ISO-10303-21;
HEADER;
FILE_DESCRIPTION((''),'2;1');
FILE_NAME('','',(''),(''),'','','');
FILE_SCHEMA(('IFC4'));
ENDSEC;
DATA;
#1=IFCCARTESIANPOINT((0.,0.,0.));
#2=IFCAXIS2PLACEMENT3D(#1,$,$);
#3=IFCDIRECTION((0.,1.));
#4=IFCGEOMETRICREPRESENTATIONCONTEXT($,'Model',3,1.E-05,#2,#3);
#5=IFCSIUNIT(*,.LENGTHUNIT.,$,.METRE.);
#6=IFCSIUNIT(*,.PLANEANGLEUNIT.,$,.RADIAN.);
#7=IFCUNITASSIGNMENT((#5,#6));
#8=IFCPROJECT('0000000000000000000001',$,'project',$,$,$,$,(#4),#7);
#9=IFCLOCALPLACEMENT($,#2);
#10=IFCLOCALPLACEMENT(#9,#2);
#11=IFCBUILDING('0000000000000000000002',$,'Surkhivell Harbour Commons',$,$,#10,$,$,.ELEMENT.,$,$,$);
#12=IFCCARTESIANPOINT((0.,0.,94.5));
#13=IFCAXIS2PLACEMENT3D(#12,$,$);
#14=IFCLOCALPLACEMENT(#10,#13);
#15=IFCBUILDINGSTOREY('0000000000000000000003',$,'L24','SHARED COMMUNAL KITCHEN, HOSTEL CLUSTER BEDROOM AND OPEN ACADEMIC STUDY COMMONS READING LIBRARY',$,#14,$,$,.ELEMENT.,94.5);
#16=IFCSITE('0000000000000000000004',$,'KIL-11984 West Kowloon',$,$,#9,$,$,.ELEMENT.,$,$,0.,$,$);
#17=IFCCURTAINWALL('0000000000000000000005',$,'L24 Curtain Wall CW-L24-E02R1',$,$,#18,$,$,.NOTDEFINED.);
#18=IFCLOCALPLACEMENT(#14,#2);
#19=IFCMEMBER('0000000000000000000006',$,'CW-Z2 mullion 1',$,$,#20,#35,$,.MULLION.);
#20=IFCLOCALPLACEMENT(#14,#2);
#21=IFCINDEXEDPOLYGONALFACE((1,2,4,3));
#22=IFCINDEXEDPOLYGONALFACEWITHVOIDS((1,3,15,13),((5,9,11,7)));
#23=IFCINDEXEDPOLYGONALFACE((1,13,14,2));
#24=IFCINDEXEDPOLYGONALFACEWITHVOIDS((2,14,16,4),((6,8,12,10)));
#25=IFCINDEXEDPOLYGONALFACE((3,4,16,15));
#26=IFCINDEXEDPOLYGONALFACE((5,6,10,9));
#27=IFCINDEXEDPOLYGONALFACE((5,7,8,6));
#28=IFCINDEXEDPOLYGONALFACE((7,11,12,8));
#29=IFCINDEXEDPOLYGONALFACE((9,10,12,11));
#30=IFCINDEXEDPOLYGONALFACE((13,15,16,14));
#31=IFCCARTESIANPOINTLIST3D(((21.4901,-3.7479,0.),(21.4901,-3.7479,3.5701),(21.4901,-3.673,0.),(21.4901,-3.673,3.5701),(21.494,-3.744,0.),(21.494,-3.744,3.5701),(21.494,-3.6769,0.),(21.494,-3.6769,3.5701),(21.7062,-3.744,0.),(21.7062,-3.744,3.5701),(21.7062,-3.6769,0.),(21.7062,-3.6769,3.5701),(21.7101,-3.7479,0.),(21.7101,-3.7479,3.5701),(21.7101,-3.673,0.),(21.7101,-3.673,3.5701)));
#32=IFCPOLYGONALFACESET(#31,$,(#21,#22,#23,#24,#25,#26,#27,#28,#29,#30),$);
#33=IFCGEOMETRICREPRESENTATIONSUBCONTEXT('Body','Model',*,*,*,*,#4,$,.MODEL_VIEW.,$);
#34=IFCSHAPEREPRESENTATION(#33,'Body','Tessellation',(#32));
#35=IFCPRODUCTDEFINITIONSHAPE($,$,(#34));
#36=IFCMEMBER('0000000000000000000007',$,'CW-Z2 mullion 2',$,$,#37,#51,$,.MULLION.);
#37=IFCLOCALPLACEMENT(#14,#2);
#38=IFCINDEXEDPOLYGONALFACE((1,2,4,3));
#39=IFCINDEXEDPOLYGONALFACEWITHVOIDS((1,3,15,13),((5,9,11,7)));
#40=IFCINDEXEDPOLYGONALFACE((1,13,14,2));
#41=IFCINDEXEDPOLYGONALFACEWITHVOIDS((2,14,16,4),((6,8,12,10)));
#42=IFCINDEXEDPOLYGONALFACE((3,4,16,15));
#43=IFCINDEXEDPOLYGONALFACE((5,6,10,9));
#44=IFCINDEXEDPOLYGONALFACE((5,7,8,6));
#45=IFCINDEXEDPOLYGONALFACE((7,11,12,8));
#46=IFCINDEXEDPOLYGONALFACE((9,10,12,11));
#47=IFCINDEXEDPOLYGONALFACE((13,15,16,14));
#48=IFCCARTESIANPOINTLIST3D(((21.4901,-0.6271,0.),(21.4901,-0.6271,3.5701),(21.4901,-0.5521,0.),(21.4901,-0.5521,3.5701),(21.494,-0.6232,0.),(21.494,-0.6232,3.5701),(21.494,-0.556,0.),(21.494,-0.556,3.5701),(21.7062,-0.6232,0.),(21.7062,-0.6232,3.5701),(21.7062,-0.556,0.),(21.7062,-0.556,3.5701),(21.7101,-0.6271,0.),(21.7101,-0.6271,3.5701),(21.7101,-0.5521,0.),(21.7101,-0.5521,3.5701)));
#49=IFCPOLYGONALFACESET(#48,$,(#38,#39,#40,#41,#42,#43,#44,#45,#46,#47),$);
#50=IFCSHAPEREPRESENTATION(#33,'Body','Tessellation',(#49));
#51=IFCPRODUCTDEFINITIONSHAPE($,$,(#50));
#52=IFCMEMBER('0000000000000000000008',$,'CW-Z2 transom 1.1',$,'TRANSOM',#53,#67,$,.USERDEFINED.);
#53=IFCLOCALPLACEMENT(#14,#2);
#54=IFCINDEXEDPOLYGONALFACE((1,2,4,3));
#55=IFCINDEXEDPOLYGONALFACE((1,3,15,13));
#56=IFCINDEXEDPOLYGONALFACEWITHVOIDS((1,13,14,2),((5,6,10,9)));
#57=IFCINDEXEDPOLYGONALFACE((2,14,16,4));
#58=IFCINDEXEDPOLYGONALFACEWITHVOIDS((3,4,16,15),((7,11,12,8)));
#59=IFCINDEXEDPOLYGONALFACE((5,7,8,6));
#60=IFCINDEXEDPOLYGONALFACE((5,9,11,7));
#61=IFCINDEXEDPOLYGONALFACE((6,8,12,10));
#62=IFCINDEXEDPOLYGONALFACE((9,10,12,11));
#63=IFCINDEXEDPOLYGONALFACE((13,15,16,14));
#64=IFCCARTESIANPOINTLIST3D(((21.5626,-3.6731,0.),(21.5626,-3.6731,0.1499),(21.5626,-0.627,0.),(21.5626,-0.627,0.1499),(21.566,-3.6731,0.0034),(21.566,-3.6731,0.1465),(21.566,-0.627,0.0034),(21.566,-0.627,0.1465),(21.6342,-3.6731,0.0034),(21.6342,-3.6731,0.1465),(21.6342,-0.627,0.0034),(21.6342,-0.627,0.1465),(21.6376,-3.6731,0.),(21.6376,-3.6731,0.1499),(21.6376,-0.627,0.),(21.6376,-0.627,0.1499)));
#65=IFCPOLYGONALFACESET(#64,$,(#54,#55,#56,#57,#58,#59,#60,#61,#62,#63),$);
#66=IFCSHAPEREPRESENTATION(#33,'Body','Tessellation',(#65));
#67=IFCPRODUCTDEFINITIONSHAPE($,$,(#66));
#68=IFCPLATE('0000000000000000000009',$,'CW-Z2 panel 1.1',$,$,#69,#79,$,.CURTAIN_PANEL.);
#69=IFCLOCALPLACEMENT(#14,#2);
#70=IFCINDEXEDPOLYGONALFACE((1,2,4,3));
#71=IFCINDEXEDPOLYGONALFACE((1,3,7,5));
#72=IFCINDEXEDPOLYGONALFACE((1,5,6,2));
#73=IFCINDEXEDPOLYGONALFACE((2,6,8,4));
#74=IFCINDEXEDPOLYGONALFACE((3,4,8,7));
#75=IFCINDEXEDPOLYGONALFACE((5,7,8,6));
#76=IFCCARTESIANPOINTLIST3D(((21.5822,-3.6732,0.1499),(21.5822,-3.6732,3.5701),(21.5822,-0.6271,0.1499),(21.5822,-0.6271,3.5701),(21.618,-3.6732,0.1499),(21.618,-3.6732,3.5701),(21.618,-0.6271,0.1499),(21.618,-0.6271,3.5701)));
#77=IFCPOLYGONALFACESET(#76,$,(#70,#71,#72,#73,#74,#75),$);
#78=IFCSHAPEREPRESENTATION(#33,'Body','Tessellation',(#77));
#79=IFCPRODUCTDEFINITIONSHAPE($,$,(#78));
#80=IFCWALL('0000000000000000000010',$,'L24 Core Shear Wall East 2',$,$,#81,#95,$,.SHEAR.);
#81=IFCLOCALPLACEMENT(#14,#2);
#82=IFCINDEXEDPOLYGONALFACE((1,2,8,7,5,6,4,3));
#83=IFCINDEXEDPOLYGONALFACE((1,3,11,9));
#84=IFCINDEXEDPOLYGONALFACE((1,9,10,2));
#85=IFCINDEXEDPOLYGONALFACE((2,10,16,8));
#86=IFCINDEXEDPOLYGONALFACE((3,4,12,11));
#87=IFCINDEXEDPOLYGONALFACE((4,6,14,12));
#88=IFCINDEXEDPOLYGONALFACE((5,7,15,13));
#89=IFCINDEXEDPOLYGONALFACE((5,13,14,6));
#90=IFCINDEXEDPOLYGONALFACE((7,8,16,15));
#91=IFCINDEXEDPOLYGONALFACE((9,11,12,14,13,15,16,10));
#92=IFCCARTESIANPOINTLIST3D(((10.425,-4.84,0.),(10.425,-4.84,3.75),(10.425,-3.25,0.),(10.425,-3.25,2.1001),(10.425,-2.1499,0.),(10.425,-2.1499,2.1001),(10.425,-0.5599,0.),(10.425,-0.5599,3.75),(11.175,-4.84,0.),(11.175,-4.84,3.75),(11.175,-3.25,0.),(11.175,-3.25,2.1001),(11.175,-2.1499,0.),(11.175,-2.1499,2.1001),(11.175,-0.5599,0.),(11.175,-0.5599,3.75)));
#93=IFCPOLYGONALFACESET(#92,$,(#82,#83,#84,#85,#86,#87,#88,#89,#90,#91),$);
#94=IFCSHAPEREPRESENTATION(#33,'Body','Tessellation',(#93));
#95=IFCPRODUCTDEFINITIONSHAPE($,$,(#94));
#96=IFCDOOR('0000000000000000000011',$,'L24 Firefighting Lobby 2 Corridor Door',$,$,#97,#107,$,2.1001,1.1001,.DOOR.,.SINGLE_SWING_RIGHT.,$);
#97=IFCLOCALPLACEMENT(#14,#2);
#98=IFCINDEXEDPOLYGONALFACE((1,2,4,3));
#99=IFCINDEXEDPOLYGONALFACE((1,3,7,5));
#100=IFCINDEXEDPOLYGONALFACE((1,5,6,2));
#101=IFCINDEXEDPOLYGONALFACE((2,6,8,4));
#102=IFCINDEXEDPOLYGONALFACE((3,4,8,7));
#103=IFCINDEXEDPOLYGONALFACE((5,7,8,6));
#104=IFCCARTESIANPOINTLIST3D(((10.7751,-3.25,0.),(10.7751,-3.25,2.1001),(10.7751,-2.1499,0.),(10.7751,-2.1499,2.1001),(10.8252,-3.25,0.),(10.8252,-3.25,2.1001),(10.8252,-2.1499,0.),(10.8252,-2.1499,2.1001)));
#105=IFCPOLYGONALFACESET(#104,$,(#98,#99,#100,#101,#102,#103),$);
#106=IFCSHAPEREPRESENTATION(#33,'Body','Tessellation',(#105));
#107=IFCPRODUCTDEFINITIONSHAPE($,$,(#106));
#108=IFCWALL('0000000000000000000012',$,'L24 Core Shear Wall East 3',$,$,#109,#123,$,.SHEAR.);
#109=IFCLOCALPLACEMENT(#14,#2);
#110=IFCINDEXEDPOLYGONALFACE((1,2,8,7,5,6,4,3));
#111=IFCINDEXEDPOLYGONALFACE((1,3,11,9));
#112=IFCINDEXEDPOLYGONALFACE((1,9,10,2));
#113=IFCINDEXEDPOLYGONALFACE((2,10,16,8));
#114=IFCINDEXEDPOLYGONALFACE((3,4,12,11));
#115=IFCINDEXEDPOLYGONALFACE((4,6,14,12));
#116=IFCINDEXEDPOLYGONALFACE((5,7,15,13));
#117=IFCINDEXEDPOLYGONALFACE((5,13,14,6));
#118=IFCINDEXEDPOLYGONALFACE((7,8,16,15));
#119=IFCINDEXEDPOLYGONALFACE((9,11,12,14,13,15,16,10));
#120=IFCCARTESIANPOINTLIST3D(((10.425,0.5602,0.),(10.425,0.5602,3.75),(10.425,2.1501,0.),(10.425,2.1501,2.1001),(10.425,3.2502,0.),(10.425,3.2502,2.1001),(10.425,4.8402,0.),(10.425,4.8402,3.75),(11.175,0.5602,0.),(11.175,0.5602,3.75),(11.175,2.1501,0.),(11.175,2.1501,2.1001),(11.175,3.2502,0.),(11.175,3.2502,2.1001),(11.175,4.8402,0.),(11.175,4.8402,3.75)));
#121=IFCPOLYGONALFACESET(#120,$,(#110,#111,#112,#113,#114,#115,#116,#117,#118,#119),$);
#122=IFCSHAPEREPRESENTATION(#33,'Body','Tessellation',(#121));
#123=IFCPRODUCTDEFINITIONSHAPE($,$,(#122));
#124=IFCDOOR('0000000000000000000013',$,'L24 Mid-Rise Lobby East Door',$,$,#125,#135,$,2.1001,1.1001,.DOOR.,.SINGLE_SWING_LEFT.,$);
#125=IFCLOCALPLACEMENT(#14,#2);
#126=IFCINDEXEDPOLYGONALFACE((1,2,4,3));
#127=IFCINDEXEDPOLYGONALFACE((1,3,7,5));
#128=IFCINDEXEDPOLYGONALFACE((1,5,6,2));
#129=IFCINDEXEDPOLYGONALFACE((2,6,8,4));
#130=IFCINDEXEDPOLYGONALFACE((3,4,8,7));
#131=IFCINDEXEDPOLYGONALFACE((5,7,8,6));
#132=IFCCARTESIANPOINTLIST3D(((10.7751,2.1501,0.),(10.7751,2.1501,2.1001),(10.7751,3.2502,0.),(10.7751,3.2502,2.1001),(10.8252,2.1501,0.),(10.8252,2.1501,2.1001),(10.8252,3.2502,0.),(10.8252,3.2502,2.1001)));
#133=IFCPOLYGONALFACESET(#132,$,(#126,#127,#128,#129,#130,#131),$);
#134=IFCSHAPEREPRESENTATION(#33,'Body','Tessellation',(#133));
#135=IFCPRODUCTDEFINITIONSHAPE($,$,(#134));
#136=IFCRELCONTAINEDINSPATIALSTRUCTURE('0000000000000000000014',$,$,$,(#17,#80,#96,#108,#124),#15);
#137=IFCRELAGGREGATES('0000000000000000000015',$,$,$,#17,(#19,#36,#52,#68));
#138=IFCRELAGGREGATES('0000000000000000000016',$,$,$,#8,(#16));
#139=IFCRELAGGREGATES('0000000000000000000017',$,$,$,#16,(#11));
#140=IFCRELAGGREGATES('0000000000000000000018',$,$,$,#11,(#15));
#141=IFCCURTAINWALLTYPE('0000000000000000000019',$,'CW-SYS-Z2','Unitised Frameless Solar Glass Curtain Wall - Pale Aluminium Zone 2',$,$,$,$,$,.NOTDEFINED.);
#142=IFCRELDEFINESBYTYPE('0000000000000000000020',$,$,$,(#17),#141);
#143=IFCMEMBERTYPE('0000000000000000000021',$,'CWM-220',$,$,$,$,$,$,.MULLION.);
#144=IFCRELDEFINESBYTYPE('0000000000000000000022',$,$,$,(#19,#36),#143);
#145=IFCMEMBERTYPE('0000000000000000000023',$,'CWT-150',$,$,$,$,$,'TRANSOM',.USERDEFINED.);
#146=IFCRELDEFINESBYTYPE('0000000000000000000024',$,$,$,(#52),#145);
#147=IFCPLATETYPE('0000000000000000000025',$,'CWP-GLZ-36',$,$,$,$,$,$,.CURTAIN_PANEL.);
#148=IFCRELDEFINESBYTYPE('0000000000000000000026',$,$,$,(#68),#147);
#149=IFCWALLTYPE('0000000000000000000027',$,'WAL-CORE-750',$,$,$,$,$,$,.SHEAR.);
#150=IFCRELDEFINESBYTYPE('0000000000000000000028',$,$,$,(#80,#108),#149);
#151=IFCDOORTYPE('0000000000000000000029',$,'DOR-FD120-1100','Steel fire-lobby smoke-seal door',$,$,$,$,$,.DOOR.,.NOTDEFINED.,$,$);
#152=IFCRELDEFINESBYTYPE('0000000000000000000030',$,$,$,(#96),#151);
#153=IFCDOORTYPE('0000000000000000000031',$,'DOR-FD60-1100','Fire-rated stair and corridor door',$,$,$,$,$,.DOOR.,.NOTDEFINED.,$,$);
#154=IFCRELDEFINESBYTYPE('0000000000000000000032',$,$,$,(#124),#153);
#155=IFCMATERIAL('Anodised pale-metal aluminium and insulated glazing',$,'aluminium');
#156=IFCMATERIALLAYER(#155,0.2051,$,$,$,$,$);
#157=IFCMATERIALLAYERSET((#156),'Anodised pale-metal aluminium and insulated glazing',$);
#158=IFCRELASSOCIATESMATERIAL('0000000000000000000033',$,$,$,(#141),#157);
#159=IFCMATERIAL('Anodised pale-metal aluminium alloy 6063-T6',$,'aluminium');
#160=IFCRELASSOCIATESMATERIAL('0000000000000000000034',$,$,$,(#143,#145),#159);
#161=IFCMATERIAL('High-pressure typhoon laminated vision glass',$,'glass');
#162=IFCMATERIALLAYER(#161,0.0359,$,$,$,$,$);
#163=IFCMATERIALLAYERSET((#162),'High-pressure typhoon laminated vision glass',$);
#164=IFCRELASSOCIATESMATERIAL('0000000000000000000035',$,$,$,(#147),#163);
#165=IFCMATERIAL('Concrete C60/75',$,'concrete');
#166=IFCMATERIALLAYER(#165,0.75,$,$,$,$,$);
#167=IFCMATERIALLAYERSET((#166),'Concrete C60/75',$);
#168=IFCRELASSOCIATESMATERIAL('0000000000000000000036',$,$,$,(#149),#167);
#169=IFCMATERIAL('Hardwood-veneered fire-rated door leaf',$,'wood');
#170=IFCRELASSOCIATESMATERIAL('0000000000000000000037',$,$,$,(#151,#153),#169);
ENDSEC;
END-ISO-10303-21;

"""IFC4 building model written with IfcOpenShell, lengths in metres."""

from ifc_helpers import new_model, si_unit, direction, frame, frame_2d, origin, origin_2d, place, context, subcontext, project, spatial, rectangle, hollow_rectangle, extrude, material, layer, layer_set, material_profile, profile_set, type_object, element, fill, aggregate, save


model = new_model("IFC4")

# Units and contexts
model_context = context("Model", 3, precision=1e-05, world=origin(), true_north=direction((0.0, 1.0)))
body_context = subcontext(model_context, "Body", "Model", "MODEL_VIEW")
ifc_project = project(units=[si_unit("LENGTHUNIT", "METRE"), si_unit("PLANEANGLEUNIT", "RADIAN")], contexts=[model_context])

# Site, building, storey
site_placement = place(None, origin())
site = spatial("IfcSite", under=ifc_project, at=site_placement, Name="KIL-11984 West Kowloon", CompositionType="ELEMENT", RefElevation=0.0)
building_placement = place(site_placement, origin())
building = spatial("IfcBuilding", under=site, at=building_placement, Name="Surkhivell Harbour Commons", CompositionType="ELEMENT")
storey_placement = place(building_placement, frame((0.0, 0.0, 94.5)))
storey = spatial("IfcBuildingStorey", under=building, at=storey_placement, Name="L24", Description="SHARED COMMUNAL KITCHEN, HOSTEL CLUSTER BEDROOM AND OPEN ACADEMIC STUDY COMMONS READING LIBRARY", CompositionType="ELEMENT", Elevation=94.5)

# Shared definitions
ifc_material_1 = material(Name="Concrete C60/75", Category="concrete")

# Shared definitions
ifc_material_2 = material(Name="Anodised pale-metal aluminium and insulated glazing", Category="aluminium")
ifc_layer_1 = layer(ifc_material_2, 0.2051)
ifc_layer_set_1 = layer_set([ifc_layer_1], Name="Anodised pale-metal aluminium and insulated glazing")
curtain_wall_type = type_object("IfcCurtainWallType", Name="CW-SYS-Z2", Description="Unitised Frameless Solar Glass Curtain Wall - Pale Aluminium Zone 2", PredefinedType="NOTDEFINED", material=ifc_layer_set_1)
ifc_material_3 = material(Name="Anodised pale-metal aluminium alloy 6063-T6", Category="aluminium")
ifc_material_profile_1 = material_profile(ifc_material_3, hollow_rectangle(XDim=0.075, YDim=0.22, WallThickness=0.0039, at=origin_2d()), Name="ALU-MULL-75x220")
ifc_profile_set_1 = profile_set([ifc_material_profile_1], Name="Anodised pale-metal aluminium alloy 6063-T6")
member_type_1 = type_object("IfcMemberType", Name="CWM-220", PredefinedType="MULLION", material=ifc_profile_set_1)

# Curtain wall, members, plate
curtain_wall_1_placement = place(storey_placement, origin())
curtain_wall_1 = element("IfcCurtainWall", 1, at=curtain_wall_1_placement, inside=storey, type_object=curtain_wall_type, Name="L24 Curtain Wall CW-L24-E02R1", PredefinedType="NOTDEFINED")
member_1_placement = place(storey_placement, frame((21.6001, -3.7104, 0.0), z_axis=(0.0, 0.0, 1.0), x_axis=(0.0, 1.0, 0.0)))
member_1 = element("IfcMember", 2, at=member_1_placement, type_object=member_type_1, Name="CW-Z2 mullion 1", PredefinedType="MULLION", context=body_context, shape_type="SweptSolid", body=[
    extrude(hollow_rectangle(XDim=0.075, YDim=0.22, WallThickness=0.0039, at=origin_2d()), origin(), (0.0, 0.0, 1.0), 3.5701),
])
member_2_placement = place(storey_placement, frame((21.6001, -0.5896, 0.0), z_axis=(0.0, 0.0, 1.0), x_axis=(0.0, 1.0, 0.0)))
member_2 = element("IfcMember", 3, at=member_2_placement, type_object=member_type_1, Name="CW-Z2 mullion 2", PredefinedType="MULLION", context=body_context, shape_type="SweptSolid", body=[
    extrude(hollow_rectangle(XDim=0.075, YDim=0.22, WallThickness=0.0039, at=origin_2d()), origin(), (0.0, 0.0, 1.0), 3.5701),
])
ifc_material_profile_2 = material_profile(ifc_material_3, hollow_rectangle(XDim=0.075, YDim=0.1499, WallThickness=0.0034, at=origin_2d()), Name="ALU-TRAN-75x150")
ifc_profile_set_2 = profile_set([ifc_material_profile_2], Name="Anodised pale-metal aluminium alloy 6063-T6")
member_type_2 = type_object("IfcMemberType", Name="CWT-150", ElementType="TRANSOM", PredefinedType="USERDEFINED", material=ifc_profile_set_2)
member_3_placement = place(storey_placement, frame((21.6001, -3.6731, 0.075), z_axis=(0.0, 1.0, 0.0), x_axis=(-1.0, 0.0, 0.0)))
member_3 = element("IfcMember", 4, at=member_3_placement, type_object=member_type_2, Name="CW-Z2 transom 1.1", ObjectType="TRANSOM", PredefinedType="USERDEFINED", context=body_context, shape_type="SweptSolid", body=[
    extrude(hollow_rectangle(XDim=0.075, YDim=0.1499, WallThickness=0.0034, at=origin_2d()), origin(), (0.0, 0.0, 1.0), 3.0461),
])
ifc_material_4 = material(Name="High-pressure typhoon laminated vision glass", Category="glass")
ifc_layer_2 = layer(ifc_material_4, 0.0359)
ifc_layer_set_2 = layer_set([ifc_layer_2], Name="High-pressure typhoon laminated vision glass")
plate_type = type_object("IfcPlateType", Name="CWP-GLZ-36", PredefinedType="CURTAIN_PANEL", material=ifc_layer_set_2)
plate_placement = place(storey_placement, frame((21.6001, -3.6731, 0.1499), z_axis=(0.0, 0.0, 1.0), x_axis=(0.0, 1.0, 0.0)))
plate = element("IfcPlate", 5, at=plate_placement, type_object=plate_type, Name="CW-Z2 panel 1.1", PredefinedType="CURTAIN_PANEL", context=body_context, shape_type="SweptSolid", body=[
    extrude(rectangle(XDim=3.0461, YDim=0.0359, at=frame_2d((1.5229, 0.0))), origin(), (0.0, 0.0, 1.0), 3.4202),
])
aggregate(curtain_wall_1, [member_1, member_2, member_3, plate])

# Walls, openings, doors
ifc_layer_3 = layer(ifc_material_1, 0.75)
ifc_layer_set_3 = layer_set([ifc_layer_3], Name="Concrete C60/75")
wall_type_1 = type_object("IfcWallType", Name="WAL-CORE-750", PredefinedType="SHEAR", material=ifc_layer_set_3)
wall_1_placement = place(storey_placement, frame((10.8, -4.8401, 0.0), z_axis=(0.0, 0.0, 1.0), x_axis=(0.0, 1.0, 0.0)))
wall_1 = element("IfcWall", 6, at=wall_1_placement, inside=storey, type_object=wall_type_1, Name="L24 Core Shear Wall East 2", PredefinedType="SHEAR", context=body_context, shape_type="SweptSolid", body=[
    extrude(rectangle(XDim=4.28, YDim=0.75, at=frame_2d((2.1401, 0.0))), origin(), (0.0, 0.0, 1.0), 3.75),
])
opening_1_placement = place(wall_1_placement, frame((1.5901, 0.0, 0.0)))
opening_1 = element("IfcOpeningElement", 7, at=opening_1_placement, cuts=wall_1, PredefinedType="OPENING", context=body_context, shape_type="SweptSolid", body=[
    extrude(rectangle(XDim=1.1001, YDim=2.1001, at=frame_2d((0.55, 1.05))), frame((0.0, 0.385, 0.0), z_axis=(0.0, -1.0, 0.0), x_axis=(1.0, 0.0, 0.0)), (0.0, 0.0, 1.0), 0.77),
])
ifc_material_5 = material(Name="Hardwood-veneered fire-rated door leaf", Category="wood")
door_type_1 = type_object("IfcDoorType", Name="DOR-FD120-1100", Description="Steel fire-lobby smoke-seal door", OperationType="NOTDEFINED", PredefinedType="DOOR", material=ifc_material_5)
door_1_placement = place(opening_1_placement, origin())
door_1 = element("IfcDoor", 8, at=door_1_placement, inside=storey, type_object=door_type_1, Name="L24 Firefighting Lobby 2 Corridor Door", OperationType="SINGLE_SWING_RIGHT", OverallHeight=2.1001, OverallWidth=1.1001, PredefinedType="DOOR", context=body_context, shape_type="SweptSolid", body=[
    extrude(rectangle(XDim=1.1001, YDim=2.1001, at=frame_2d((0.55, 1.05))), frame((0.0, 0.0249, 0.0), z_axis=(0.0, -1.0, 0.0), x_axis=(1.0, 0.0, 0.0)), (0.0, 0.0, 1.0), 0.05),
])
fill(opening_1, door_1)
wall_2_placement = place(storey_placement, frame((10.8, 0.5601, 0.0), z_axis=(0.0, 0.0, 1.0), x_axis=(0.0, 1.0, 0.0)))
wall_2 = element("IfcWall", 9, at=wall_2_placement, inside=storey, type_object=wall_type_1, Name="L24 Core Shear Wall East 3", PredefinedType="SHEAR", context=body_context, shape_type="SweptSolid", body=[
    extrude(rectangle(XDim=4.28, YDim=0.75, at=frame_2d((2.1401, 0.0))), origin(), (0.0, 0.0, 1.0), 3.75),
])
opening_2_placement = place(wall_2_placement, frame((1.5901, 0.0, 0.0)))
opening_2 = element("IfcOpeningElement", 10, at=opening_2_placement, cuts=wall_2, PredefinedType="OPENING", context=body_context, shape_type="SweptSolid", body=[
    extrude(rectangle(XDim=1.1001, YDim=2.1001, at=frame_2d((0.55, 1.05))), frame((0.0, 0.385, 0.0), z_axis=(0.0, -1.0, 0.0), x_axis=(1.0, 0.0, 0.0)), (0.0, 0.0, 1.0), 0.77),
])
door_type_2 = type_object("IfcDoorType", Name="DOR-FD60-1100", Description="Fire-rated stair and corridor door", OperationType="NOTDEFINED", PredefinedType="DOOR", material=ifc_material_5)
door_2_placement = place(opening_2_placement, origin())
door_2 = element("IfcDoor", 11, at=door_2_placement, inside=storey, type_object=door_type_2, Name="L24 Mid-Rise Lobby East Door", OperationType="SINGLE_SWING_LEFT", OverallHeight=2.1001, OverallWidth=1.1001, PredefinedType="DOOR", context=body_context, shape_type="SweptSolid", body=[
    extrude(rectangle(XDim=1.1001, YDim=2.1001, at=frame_2d((0.55, 1.05))), frame((0.0, 0.0249, 0.0), z_axis=(0.0, -1.0, 0.0), x_axis=(1.0, 0.0, 0.0)), (0.0, 0.0, 1.0), 0.05),
])
fill(opening_2, door_2)

save(model, "model.ifc")
